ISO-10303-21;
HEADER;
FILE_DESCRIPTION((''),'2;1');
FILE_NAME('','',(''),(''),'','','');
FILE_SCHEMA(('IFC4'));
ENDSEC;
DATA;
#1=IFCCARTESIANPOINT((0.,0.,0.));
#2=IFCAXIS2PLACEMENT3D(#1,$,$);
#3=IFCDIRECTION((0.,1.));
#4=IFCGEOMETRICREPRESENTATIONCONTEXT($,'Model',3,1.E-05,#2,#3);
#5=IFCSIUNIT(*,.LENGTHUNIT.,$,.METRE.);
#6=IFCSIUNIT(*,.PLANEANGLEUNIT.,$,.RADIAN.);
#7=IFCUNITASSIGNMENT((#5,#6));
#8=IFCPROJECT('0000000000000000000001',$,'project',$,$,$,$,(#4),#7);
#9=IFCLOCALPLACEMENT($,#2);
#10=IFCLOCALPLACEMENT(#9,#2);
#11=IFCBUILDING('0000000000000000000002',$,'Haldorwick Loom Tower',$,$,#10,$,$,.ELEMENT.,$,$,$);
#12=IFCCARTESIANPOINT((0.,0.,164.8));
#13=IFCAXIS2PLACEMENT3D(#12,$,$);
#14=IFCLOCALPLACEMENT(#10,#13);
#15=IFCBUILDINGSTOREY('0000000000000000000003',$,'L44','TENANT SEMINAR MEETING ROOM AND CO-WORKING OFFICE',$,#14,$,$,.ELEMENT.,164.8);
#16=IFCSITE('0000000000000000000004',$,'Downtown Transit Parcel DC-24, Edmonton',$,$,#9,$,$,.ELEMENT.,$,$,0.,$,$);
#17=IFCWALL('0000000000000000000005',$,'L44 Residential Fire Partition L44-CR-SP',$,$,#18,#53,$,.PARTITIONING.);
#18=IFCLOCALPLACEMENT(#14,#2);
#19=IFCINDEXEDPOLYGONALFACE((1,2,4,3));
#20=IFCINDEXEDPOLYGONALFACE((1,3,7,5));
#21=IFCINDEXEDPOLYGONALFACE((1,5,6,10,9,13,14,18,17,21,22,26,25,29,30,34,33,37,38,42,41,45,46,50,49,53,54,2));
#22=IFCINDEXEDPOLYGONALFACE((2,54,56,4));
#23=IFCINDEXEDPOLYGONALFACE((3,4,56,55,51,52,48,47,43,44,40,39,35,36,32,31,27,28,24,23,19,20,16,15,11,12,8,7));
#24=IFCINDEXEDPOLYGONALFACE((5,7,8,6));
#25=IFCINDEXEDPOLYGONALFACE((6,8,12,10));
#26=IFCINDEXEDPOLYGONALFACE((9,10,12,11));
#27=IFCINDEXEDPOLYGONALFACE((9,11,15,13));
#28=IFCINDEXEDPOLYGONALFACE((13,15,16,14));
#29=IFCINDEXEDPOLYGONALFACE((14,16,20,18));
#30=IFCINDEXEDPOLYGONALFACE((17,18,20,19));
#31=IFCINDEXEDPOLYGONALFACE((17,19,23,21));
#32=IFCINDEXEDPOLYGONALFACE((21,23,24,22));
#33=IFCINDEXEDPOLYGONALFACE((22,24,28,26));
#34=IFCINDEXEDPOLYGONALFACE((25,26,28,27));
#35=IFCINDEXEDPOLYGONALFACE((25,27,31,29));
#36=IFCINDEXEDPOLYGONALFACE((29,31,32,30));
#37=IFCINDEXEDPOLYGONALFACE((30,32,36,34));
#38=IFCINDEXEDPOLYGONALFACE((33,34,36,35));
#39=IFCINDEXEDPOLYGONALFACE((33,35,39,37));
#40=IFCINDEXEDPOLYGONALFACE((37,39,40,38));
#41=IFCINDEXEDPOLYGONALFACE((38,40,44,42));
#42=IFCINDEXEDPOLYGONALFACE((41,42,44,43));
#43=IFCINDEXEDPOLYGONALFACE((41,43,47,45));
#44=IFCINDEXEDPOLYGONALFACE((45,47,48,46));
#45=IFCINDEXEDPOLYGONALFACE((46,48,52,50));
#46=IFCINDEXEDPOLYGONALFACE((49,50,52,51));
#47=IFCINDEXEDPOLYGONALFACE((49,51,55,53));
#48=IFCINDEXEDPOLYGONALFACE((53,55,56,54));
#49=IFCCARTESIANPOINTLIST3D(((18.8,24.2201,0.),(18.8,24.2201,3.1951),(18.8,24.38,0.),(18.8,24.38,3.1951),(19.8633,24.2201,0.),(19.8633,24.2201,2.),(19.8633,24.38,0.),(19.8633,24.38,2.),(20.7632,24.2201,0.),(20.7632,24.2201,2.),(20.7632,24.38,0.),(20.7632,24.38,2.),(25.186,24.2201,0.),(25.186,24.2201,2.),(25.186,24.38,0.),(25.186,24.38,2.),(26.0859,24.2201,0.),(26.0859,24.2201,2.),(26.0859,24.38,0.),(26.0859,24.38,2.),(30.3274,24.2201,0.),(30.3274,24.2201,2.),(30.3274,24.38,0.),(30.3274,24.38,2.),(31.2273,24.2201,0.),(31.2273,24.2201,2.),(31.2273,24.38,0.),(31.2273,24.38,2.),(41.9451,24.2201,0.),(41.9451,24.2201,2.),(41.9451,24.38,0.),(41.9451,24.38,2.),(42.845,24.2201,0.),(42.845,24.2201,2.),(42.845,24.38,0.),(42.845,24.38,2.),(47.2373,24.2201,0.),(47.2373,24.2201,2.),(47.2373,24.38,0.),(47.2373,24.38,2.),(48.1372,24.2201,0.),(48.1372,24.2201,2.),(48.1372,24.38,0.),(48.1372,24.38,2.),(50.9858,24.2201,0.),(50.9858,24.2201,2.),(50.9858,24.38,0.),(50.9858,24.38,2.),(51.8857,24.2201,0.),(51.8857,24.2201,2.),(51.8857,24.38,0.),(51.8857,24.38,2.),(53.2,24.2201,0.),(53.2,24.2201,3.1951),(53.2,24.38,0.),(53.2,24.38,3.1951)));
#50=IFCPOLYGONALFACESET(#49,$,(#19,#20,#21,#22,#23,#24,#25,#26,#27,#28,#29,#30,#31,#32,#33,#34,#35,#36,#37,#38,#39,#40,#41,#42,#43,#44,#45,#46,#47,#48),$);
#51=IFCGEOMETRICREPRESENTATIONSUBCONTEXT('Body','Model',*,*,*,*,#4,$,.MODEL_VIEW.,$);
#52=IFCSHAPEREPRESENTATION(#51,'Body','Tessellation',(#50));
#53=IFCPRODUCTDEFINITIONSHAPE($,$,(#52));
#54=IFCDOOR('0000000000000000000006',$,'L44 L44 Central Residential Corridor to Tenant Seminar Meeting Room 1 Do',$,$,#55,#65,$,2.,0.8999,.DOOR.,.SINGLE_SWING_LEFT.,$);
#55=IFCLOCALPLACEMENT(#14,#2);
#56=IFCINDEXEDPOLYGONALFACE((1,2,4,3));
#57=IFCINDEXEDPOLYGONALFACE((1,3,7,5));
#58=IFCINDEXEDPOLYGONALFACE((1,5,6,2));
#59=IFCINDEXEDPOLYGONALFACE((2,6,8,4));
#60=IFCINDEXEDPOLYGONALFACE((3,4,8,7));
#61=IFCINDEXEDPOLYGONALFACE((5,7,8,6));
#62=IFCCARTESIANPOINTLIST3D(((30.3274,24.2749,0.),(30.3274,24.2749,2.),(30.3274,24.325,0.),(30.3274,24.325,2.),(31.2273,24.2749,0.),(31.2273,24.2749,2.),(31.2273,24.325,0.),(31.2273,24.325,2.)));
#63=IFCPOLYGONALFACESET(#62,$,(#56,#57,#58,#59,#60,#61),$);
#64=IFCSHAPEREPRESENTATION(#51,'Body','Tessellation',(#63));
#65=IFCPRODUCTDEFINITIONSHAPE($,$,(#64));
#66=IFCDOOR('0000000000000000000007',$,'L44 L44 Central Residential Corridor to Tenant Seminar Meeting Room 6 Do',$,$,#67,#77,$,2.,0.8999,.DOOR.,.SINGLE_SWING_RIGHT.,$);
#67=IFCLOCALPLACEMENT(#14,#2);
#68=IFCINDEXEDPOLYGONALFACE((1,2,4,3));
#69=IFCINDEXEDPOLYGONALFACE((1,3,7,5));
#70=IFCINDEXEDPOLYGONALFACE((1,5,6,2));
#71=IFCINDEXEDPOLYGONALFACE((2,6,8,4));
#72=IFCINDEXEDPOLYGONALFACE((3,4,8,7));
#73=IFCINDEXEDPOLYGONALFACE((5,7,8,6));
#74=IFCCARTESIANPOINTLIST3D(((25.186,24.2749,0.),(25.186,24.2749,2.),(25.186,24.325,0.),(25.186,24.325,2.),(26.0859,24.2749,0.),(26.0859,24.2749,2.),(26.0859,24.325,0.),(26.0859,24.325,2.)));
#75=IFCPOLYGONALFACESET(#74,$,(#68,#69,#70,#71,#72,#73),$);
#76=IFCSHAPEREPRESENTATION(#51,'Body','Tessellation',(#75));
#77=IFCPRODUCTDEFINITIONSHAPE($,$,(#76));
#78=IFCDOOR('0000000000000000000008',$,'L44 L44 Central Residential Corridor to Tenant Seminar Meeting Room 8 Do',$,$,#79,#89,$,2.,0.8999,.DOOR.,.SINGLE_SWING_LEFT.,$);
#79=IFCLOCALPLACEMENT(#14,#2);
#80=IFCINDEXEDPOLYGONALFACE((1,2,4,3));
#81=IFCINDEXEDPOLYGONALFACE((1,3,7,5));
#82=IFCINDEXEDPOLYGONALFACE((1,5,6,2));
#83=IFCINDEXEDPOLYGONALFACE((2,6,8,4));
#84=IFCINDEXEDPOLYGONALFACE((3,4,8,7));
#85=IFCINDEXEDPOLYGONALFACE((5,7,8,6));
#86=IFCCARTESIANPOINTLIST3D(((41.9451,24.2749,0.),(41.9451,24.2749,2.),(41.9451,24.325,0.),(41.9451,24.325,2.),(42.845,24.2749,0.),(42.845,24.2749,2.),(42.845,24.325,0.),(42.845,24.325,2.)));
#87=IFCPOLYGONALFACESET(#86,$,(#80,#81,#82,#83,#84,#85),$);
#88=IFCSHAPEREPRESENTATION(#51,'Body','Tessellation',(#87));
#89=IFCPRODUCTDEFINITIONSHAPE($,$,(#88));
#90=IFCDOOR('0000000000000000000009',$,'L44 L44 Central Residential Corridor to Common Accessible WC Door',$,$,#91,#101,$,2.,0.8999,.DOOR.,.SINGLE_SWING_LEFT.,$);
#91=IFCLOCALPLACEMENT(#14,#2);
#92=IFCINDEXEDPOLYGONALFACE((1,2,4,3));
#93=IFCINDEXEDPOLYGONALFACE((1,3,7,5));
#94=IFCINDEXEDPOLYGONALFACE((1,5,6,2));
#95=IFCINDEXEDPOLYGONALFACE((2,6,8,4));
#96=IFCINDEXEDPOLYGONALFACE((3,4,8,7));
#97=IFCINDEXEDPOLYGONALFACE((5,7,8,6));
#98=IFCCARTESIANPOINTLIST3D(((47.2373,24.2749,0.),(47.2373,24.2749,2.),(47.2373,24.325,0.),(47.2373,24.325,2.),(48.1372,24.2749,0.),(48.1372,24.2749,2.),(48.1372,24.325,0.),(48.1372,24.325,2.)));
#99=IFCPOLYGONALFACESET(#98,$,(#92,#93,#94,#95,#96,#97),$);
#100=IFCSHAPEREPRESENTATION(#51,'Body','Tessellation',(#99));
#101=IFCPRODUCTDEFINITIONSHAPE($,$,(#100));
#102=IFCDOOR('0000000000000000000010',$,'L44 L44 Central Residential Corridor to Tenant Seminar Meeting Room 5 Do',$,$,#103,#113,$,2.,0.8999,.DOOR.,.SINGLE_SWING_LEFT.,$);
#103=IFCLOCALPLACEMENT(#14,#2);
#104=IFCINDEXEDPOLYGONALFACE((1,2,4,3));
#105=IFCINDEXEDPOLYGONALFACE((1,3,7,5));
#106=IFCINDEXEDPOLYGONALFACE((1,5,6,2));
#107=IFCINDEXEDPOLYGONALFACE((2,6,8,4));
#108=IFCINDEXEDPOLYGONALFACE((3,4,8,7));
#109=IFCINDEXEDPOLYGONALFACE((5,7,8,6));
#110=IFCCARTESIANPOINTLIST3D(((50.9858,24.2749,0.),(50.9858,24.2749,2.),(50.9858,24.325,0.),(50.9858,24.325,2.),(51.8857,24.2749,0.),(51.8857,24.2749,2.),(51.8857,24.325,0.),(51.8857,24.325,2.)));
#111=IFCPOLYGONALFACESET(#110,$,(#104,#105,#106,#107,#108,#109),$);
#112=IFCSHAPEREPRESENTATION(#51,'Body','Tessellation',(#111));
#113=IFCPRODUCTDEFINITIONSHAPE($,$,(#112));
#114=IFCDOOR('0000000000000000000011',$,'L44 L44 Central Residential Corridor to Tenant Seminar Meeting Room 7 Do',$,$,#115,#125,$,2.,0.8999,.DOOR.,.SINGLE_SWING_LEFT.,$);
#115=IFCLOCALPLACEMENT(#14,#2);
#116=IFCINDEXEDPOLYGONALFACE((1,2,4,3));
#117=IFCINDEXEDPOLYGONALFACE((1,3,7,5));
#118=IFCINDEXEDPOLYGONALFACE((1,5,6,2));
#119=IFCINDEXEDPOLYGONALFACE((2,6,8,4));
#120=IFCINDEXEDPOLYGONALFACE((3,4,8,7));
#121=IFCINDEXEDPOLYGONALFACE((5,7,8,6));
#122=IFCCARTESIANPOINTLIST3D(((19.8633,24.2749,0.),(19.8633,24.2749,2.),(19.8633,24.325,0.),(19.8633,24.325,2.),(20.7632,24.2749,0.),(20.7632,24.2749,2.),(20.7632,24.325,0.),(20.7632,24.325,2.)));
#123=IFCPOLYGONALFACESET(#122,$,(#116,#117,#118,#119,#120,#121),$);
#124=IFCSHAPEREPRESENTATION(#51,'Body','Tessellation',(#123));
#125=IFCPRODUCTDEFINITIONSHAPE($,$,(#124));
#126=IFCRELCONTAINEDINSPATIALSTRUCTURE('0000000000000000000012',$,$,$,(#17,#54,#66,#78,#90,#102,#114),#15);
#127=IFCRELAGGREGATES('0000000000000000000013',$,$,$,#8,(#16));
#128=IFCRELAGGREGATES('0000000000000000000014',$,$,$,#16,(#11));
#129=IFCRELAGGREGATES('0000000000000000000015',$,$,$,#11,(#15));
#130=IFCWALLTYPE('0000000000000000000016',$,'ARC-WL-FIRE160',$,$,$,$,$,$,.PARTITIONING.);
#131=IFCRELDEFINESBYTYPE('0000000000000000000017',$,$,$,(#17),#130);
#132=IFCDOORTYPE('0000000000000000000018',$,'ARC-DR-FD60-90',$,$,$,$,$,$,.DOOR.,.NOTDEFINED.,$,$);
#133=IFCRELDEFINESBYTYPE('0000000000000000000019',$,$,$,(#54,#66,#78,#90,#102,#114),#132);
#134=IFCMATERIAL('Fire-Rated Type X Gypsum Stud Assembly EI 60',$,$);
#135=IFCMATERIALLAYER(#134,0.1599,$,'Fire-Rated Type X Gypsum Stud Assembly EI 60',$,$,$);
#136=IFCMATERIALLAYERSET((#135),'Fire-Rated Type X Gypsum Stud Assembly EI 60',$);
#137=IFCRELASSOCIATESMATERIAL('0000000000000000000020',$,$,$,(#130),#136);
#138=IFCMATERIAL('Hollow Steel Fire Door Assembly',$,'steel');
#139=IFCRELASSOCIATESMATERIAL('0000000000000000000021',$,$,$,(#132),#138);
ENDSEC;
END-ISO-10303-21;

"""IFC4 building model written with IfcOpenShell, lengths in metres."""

from ifc_helpers import new_model, si_unit, direction, frame, frame_2d, origin, place, context, subcontext, project, spatial, rectangle, extrude, material, layer, layer_set, type_object, element, fill, save


model = new_model("IFC4")

# Units and contexts
model_context = context("Model", 3, precision=1e-05, world=origin(), true_north=direction((0.0, 1.0)))
body_context = subcontext(model_context, "Body", "Model", "MODEL_VIEW")
ifc_project = project(units=[si_unit("LENGTHUNIT", "METRE"), si_unit("PLANEANGLEUNIT", "RADIAN")], contexts=[model_context])

# Site, building, storey
site_placement = place(None, origin())
site = spatial("IfcSite", under=ifc_project, at=site_placement, Name="Downtown Transit Parcel DC-24, Edmonton", CompositionType="ELEMENT", RefElevation=0.0)
building_placement = place(site_placement, origin())
building = spatial("IfcBuilding", under=site, at=building_placement, Name="Haldorwick Loom Tower", CompositionType="ELEMENT")
storey_placement = place(building_placement, frame((0.0, 0.0, 164.8)))
storey = spatial("IfcBuildingStorey", under=building, at=storey_placement, Name="L44", Description="TENANT SEMINAR MEETING ROOM AND CO-WORKING OFFICE", CompositionType="ELEMENT", Elevation=164.8)

# Wall, openings, doors
ifc_material_1 = material(Name="Fire-Rated Type X Gypsum Stud Assembly EI 60")
ifc_layer_1 = layer(ifc_material_1, 0.1599, Name="Fire-Rated Type X Gypsum Stud Assembly EI 60")
ifc_layer_set_1 = layer_set([ifc_layer_1], Name="Fire-Rated Type X Gypsum Stud Assembly EI 60")
wall_type_1 = type_object("IfcWallType", Name="ARC-WL-FIRE160", PredefinedType="PARTITIONING", material=ifc_layer_set_1)
wall_1_placement = place(storey_placement, frame((18.8, 24.3, 0.0), z_axis=(0.0, 0.0, 1.0), x_axis=(1.0, 0.0, 0.0)))
wall_1 = element("IfcWall", 1, at=wall_1_placement, inside=storey, type_object=wall_type_1, Name="L44 Residential Fire Partition L44-CR-SP", PredefinedType="PARTITIONING", context=body_context, shape_type="SweptSolid", body=[
    extrude(rectangle(XDim=34.3999, YDim=0.1599, at=frame_2d((17.2, 0.0))), origin(), (0.0, 0.0, 1.0), 3.1951),
])
opening_1_placement = place(wall_1_placement, frame((11.5273, 0.0, 0.0)))
opening_1 = element("IfcOpeningElement", 2, at=opening_1_placement, cuts=wall_1, PredefinedType="OPENING", context=body_context, shape_type="SweptSolid", body=[
    extrude(rectangle(XDim=0.8999, YDim=2.0, at=frame_2d((0.45, 1.0))), frame((0.0, 0.0898, 0.0), z_axis=(0.0, -1.0, 0.0), x_axis=(1.0, 0.0, 0.0)), (0.0, 0.0, 1.0), 0.1799),
])
opening_2_placement = place(wall_1_placement, frame((6.386, 0.0, 0.0)))
opening_2 = element("IfcOpeningElement", 3, at=opening_2_placement, cuts=wall_1, PredefinedType="OPENING", context=body_context, shape_type="SweptSolid", body=[
    extrude(rectangle(XDim=0.8999, YDim=2.0, at=frame_2d((0.45, 1.0))), frame((0.0, 0.0898, 0.0), z_axis=(0.0, -1.0, 0.0), x_axis=(1.0, 0.0, 0.0)), (0.0, 0.0, 1.0), 0.1799),
])
opening_3_placement = place(wall_1_placement, frame((23.145, 0.0, 0.0)))
opening_3 = element("IfcOpeningElement", 4, at=opening_3_placement, cuts=wall_1, PredefinedType="OPENING", context=body_context, shape_type="SweptSolid", body=[
    extrude(rectangle(XDim=0.8999, YDim=2.0, at=frame_2d((0.45, 1.0))), frame((0.0, 0.0898, 0.0), z_axis=(0.0, -1.0, 0.0), x_axis=(1.0, 0.0, 0.0)), (0.0, 0.0, 1.0), 0.1799),
])
opening_4_placement = place(wall_1_placement, frame((28.4373, 0.0, 0.0)))
opening_4 = element("IfcOpeningElement", 5, at=opening_4_placement, cuts=wall_1, PredefinedType="OPENING", context=body_context, shape_type="SweptSolid", body=[
    extrude(rectangle(XDim=0.8999, YDim=2.0, at=frame_2d((0.45, 1.0))), frame((0.0, 0.0898, 0.0), z_axis=(0.0, -1.0, 0.0), x_axis=(1.0, 0.0, 0.0)), (0.0, 0.0, 1.0), 0.1799),
])
opening_5_placement = place(wall_1_placement, frame((32.1858, 0.0, 0.0)))
opening_5 = element("IfcOpeningElement", 6, at=opening_5_placement, cuts=wall_1, PredefinedType="OPENING", context=body_context, shape_type="SweptSolid", body=[
    extrude(rectangle(XDim=0.8999, YDim=2.0, at=frame_2d((0.45, 1.0))), frame((0.0, 0.0898, 0.0), z_axis=(0.0, -1.0, 0.0), x_axis=(1.0, 0.0, 0.0)), (0.0, 0.0, 1.0), 0.1799),
])
opening_6_placement = place(wall_1_placement, frame((1.0632, 0.0, 0.0)))
opening_6 = element("IfcOpeningElement", 7, at=opening_6_placement, cuts=wall_1, PredefinedType="OPENING", context=body_context, shape_type="SweptSolid", body=[
    extrude(rectangle(XDim=0.8999, YDim=2.0, at=frame_2d((0.45, 1.0))), frame((0.0, 0.0898, 0.0), z_axis=(0.0, -1.0, 0.0), x_axis=(1.0, 0.0, 0.0)), (0.0, 0.0, 1.0), 0.1799),
])
ifc_material_2 = material(Name="Hollow Steel Fire Door Assembly", Category="steel")
door_type_1 = type_object("IfcDoorType", Name="ARC-DR-FD60-90", OperationType="NOTDEFINED", PredefinedType="DOOR", material=ifc_material_2)
door_1_placement = place(opening_1_placement, origin())
door_1 = element("IfcDoor", 8, at=door_1_placement, inside=storey, type_object=door_type_1, Name="L44 L44 Central Residential Corridor to Tenant Seminar Meeting Room 1 Do", OperationType="SINGLE_SWING_LEFT", OverallHeight=2.0, OverallWidth=0.8999, PredefinedType="DOOR", context=body_context, shape_type="SweptSolid", body=[
    extrude(rectangle(XDim=0.8999, YDim=2.0, at=frame_2d((0.45, 1.0))), frame((0.0, 0.0249, 0.0), z_axis=(0.0, -1.0, 0.0), x_axis=(1.0, 0.0, 0.0)), (0.0, 0.0, 1.0), 0.05),
])
fill(opening_1, door_1)
door_2_placement = place(opening_2_placement, origin())
door_2 = element("IfcDoor", 9, at=door_2_placement, inside=storey, type_object=door_type_1, Name="L44 L44 Central Residential Corridor to Tenant Seminar Meeting Room 6 Do", OperationType="SINGLE_SWING_RIGHT", OverallHeight=2.0, OverallWidth=0.8999, PredefinedType="DOOR", context=body_context, shape_type="SweptSolid", body=[
    extrude(rectangle(XDim=0.8999, YDim=2.0, at=frame_2d((0.45, 1.0))), frame((0.0, 0.0249, 0.0), z_axis=(0.0, -1.0, 0.0), x_axis=(1.0, 0.0, 0.0)), (0.0, 0.0, 1.0), 0.05),
])
fill(opening_2, door_2)
door_3_placement = place(opening_3_placement, origin())
door_3 = element("IfcDoor", 10, at=door_3_placement, inside=storey, type_object=door_type_1, Name="L44 L44 Central Residential Corridor to Tenant Seminar Meeting Room 8 Do", OperationType="SINGLE_SWING_LEFT", OverallHeight=2.0, OverallWidth=0.8999, PredefinedType="DOOR", context=body_context, shape_type="SweptSolid", body=[
    extrude(rectangle(XDim=0.8999, YDim=2.0, at=frame_2d((0.45, 1.0))), frame((0.0, 0.0249, 0.0), z_axis=(0.0, -1.0, 0.0), x_axis=(1.0, 0.0, 0.0)), (0.0, 0.0, 1.0), 0.05),
])
fill(opening_3, door_3)
door_4_placement = place(opening_4_placement, origin())
door_4 = element("IfcDoor", 11, at=door_4_placement, inside=storey, type_object=door_type_1, Name="L44 L44 Central Residential Corridor to Common Accessible WC Door", OperationType="SINGLE_SWING_LEFT", OverallHeight=2.0, OverallWidth=0.8999, PredefinedType="DOOR", context=body_context, shape_type="SweptSolid", body=[
    extrude(rectangle(XDim=0.8999, YDim=2.0, at=frame_2d((0.45, 1.0))), frame((0.0, 0.0249, 0.0), z_axis=(0.0, -1.0, 0.0), x_axis=(1.0, 0.0, 0.0)), (0.0, 0.0, 1.0), 0.05),
])
fill(opening_4, door_4)
door_5_placement = place(opening_5_placement, origin())
door_5 = element("IfcDoor", 12, at=door_5_placement, inside=storey, type_object=door_type_1, Name="L44 L44 Central Residential Corridor to Tenant Seminar Meeting Room 5 Do", OperationType="SINGLE_SWING_LEFT", OverallHeight=2.0, OverallWidth=0.8999, PredefinedType="DOOR", context=body_context, shape_type="SweptSolid", body=[
    extrude(rectangle(XDim=0.8999, YDim=2.0, at=frame_2d((0.45, 1.0))), frame((0.0, 0.0249, 0.0), z_axis=(0.0, -1.0, 0.0), x_axis=(1.0, 0.0, 0.0)), (0.0, 0.0, 1.0), 0.05),
])
fill(opening_5, door_5)
door_6_placement = place(opening_6_placement, origin())
door_6 = element("IfcDoor", 13, at=door_6_placement, inside=storey, type_object=door_type_1, Name="L44 L44 Central Residential Corridor to Tenant Seminar Meeting Room 7 Do", OperationType="SINGLE_SWING_LEFT", OverallHeight=2.0, OverallWidth=0.8999, PredefinedType="DOOR", context=body_context, shape_type="SweptSolid", body=[
    extrude(rectangle(XDim=0.8999, YDim=2.0, at=frame_2d((0.45, 1.0))), frame((0.0, 0.0249, 0.0), z_axis=(0.0, -1.0, 0.0), x_axis=(1.0, 0.0, 0.0)), (0.0, 0.0, 1.0), 0.05),
])
fill(opening_6, door_6)

save(model, "model.ifc")
